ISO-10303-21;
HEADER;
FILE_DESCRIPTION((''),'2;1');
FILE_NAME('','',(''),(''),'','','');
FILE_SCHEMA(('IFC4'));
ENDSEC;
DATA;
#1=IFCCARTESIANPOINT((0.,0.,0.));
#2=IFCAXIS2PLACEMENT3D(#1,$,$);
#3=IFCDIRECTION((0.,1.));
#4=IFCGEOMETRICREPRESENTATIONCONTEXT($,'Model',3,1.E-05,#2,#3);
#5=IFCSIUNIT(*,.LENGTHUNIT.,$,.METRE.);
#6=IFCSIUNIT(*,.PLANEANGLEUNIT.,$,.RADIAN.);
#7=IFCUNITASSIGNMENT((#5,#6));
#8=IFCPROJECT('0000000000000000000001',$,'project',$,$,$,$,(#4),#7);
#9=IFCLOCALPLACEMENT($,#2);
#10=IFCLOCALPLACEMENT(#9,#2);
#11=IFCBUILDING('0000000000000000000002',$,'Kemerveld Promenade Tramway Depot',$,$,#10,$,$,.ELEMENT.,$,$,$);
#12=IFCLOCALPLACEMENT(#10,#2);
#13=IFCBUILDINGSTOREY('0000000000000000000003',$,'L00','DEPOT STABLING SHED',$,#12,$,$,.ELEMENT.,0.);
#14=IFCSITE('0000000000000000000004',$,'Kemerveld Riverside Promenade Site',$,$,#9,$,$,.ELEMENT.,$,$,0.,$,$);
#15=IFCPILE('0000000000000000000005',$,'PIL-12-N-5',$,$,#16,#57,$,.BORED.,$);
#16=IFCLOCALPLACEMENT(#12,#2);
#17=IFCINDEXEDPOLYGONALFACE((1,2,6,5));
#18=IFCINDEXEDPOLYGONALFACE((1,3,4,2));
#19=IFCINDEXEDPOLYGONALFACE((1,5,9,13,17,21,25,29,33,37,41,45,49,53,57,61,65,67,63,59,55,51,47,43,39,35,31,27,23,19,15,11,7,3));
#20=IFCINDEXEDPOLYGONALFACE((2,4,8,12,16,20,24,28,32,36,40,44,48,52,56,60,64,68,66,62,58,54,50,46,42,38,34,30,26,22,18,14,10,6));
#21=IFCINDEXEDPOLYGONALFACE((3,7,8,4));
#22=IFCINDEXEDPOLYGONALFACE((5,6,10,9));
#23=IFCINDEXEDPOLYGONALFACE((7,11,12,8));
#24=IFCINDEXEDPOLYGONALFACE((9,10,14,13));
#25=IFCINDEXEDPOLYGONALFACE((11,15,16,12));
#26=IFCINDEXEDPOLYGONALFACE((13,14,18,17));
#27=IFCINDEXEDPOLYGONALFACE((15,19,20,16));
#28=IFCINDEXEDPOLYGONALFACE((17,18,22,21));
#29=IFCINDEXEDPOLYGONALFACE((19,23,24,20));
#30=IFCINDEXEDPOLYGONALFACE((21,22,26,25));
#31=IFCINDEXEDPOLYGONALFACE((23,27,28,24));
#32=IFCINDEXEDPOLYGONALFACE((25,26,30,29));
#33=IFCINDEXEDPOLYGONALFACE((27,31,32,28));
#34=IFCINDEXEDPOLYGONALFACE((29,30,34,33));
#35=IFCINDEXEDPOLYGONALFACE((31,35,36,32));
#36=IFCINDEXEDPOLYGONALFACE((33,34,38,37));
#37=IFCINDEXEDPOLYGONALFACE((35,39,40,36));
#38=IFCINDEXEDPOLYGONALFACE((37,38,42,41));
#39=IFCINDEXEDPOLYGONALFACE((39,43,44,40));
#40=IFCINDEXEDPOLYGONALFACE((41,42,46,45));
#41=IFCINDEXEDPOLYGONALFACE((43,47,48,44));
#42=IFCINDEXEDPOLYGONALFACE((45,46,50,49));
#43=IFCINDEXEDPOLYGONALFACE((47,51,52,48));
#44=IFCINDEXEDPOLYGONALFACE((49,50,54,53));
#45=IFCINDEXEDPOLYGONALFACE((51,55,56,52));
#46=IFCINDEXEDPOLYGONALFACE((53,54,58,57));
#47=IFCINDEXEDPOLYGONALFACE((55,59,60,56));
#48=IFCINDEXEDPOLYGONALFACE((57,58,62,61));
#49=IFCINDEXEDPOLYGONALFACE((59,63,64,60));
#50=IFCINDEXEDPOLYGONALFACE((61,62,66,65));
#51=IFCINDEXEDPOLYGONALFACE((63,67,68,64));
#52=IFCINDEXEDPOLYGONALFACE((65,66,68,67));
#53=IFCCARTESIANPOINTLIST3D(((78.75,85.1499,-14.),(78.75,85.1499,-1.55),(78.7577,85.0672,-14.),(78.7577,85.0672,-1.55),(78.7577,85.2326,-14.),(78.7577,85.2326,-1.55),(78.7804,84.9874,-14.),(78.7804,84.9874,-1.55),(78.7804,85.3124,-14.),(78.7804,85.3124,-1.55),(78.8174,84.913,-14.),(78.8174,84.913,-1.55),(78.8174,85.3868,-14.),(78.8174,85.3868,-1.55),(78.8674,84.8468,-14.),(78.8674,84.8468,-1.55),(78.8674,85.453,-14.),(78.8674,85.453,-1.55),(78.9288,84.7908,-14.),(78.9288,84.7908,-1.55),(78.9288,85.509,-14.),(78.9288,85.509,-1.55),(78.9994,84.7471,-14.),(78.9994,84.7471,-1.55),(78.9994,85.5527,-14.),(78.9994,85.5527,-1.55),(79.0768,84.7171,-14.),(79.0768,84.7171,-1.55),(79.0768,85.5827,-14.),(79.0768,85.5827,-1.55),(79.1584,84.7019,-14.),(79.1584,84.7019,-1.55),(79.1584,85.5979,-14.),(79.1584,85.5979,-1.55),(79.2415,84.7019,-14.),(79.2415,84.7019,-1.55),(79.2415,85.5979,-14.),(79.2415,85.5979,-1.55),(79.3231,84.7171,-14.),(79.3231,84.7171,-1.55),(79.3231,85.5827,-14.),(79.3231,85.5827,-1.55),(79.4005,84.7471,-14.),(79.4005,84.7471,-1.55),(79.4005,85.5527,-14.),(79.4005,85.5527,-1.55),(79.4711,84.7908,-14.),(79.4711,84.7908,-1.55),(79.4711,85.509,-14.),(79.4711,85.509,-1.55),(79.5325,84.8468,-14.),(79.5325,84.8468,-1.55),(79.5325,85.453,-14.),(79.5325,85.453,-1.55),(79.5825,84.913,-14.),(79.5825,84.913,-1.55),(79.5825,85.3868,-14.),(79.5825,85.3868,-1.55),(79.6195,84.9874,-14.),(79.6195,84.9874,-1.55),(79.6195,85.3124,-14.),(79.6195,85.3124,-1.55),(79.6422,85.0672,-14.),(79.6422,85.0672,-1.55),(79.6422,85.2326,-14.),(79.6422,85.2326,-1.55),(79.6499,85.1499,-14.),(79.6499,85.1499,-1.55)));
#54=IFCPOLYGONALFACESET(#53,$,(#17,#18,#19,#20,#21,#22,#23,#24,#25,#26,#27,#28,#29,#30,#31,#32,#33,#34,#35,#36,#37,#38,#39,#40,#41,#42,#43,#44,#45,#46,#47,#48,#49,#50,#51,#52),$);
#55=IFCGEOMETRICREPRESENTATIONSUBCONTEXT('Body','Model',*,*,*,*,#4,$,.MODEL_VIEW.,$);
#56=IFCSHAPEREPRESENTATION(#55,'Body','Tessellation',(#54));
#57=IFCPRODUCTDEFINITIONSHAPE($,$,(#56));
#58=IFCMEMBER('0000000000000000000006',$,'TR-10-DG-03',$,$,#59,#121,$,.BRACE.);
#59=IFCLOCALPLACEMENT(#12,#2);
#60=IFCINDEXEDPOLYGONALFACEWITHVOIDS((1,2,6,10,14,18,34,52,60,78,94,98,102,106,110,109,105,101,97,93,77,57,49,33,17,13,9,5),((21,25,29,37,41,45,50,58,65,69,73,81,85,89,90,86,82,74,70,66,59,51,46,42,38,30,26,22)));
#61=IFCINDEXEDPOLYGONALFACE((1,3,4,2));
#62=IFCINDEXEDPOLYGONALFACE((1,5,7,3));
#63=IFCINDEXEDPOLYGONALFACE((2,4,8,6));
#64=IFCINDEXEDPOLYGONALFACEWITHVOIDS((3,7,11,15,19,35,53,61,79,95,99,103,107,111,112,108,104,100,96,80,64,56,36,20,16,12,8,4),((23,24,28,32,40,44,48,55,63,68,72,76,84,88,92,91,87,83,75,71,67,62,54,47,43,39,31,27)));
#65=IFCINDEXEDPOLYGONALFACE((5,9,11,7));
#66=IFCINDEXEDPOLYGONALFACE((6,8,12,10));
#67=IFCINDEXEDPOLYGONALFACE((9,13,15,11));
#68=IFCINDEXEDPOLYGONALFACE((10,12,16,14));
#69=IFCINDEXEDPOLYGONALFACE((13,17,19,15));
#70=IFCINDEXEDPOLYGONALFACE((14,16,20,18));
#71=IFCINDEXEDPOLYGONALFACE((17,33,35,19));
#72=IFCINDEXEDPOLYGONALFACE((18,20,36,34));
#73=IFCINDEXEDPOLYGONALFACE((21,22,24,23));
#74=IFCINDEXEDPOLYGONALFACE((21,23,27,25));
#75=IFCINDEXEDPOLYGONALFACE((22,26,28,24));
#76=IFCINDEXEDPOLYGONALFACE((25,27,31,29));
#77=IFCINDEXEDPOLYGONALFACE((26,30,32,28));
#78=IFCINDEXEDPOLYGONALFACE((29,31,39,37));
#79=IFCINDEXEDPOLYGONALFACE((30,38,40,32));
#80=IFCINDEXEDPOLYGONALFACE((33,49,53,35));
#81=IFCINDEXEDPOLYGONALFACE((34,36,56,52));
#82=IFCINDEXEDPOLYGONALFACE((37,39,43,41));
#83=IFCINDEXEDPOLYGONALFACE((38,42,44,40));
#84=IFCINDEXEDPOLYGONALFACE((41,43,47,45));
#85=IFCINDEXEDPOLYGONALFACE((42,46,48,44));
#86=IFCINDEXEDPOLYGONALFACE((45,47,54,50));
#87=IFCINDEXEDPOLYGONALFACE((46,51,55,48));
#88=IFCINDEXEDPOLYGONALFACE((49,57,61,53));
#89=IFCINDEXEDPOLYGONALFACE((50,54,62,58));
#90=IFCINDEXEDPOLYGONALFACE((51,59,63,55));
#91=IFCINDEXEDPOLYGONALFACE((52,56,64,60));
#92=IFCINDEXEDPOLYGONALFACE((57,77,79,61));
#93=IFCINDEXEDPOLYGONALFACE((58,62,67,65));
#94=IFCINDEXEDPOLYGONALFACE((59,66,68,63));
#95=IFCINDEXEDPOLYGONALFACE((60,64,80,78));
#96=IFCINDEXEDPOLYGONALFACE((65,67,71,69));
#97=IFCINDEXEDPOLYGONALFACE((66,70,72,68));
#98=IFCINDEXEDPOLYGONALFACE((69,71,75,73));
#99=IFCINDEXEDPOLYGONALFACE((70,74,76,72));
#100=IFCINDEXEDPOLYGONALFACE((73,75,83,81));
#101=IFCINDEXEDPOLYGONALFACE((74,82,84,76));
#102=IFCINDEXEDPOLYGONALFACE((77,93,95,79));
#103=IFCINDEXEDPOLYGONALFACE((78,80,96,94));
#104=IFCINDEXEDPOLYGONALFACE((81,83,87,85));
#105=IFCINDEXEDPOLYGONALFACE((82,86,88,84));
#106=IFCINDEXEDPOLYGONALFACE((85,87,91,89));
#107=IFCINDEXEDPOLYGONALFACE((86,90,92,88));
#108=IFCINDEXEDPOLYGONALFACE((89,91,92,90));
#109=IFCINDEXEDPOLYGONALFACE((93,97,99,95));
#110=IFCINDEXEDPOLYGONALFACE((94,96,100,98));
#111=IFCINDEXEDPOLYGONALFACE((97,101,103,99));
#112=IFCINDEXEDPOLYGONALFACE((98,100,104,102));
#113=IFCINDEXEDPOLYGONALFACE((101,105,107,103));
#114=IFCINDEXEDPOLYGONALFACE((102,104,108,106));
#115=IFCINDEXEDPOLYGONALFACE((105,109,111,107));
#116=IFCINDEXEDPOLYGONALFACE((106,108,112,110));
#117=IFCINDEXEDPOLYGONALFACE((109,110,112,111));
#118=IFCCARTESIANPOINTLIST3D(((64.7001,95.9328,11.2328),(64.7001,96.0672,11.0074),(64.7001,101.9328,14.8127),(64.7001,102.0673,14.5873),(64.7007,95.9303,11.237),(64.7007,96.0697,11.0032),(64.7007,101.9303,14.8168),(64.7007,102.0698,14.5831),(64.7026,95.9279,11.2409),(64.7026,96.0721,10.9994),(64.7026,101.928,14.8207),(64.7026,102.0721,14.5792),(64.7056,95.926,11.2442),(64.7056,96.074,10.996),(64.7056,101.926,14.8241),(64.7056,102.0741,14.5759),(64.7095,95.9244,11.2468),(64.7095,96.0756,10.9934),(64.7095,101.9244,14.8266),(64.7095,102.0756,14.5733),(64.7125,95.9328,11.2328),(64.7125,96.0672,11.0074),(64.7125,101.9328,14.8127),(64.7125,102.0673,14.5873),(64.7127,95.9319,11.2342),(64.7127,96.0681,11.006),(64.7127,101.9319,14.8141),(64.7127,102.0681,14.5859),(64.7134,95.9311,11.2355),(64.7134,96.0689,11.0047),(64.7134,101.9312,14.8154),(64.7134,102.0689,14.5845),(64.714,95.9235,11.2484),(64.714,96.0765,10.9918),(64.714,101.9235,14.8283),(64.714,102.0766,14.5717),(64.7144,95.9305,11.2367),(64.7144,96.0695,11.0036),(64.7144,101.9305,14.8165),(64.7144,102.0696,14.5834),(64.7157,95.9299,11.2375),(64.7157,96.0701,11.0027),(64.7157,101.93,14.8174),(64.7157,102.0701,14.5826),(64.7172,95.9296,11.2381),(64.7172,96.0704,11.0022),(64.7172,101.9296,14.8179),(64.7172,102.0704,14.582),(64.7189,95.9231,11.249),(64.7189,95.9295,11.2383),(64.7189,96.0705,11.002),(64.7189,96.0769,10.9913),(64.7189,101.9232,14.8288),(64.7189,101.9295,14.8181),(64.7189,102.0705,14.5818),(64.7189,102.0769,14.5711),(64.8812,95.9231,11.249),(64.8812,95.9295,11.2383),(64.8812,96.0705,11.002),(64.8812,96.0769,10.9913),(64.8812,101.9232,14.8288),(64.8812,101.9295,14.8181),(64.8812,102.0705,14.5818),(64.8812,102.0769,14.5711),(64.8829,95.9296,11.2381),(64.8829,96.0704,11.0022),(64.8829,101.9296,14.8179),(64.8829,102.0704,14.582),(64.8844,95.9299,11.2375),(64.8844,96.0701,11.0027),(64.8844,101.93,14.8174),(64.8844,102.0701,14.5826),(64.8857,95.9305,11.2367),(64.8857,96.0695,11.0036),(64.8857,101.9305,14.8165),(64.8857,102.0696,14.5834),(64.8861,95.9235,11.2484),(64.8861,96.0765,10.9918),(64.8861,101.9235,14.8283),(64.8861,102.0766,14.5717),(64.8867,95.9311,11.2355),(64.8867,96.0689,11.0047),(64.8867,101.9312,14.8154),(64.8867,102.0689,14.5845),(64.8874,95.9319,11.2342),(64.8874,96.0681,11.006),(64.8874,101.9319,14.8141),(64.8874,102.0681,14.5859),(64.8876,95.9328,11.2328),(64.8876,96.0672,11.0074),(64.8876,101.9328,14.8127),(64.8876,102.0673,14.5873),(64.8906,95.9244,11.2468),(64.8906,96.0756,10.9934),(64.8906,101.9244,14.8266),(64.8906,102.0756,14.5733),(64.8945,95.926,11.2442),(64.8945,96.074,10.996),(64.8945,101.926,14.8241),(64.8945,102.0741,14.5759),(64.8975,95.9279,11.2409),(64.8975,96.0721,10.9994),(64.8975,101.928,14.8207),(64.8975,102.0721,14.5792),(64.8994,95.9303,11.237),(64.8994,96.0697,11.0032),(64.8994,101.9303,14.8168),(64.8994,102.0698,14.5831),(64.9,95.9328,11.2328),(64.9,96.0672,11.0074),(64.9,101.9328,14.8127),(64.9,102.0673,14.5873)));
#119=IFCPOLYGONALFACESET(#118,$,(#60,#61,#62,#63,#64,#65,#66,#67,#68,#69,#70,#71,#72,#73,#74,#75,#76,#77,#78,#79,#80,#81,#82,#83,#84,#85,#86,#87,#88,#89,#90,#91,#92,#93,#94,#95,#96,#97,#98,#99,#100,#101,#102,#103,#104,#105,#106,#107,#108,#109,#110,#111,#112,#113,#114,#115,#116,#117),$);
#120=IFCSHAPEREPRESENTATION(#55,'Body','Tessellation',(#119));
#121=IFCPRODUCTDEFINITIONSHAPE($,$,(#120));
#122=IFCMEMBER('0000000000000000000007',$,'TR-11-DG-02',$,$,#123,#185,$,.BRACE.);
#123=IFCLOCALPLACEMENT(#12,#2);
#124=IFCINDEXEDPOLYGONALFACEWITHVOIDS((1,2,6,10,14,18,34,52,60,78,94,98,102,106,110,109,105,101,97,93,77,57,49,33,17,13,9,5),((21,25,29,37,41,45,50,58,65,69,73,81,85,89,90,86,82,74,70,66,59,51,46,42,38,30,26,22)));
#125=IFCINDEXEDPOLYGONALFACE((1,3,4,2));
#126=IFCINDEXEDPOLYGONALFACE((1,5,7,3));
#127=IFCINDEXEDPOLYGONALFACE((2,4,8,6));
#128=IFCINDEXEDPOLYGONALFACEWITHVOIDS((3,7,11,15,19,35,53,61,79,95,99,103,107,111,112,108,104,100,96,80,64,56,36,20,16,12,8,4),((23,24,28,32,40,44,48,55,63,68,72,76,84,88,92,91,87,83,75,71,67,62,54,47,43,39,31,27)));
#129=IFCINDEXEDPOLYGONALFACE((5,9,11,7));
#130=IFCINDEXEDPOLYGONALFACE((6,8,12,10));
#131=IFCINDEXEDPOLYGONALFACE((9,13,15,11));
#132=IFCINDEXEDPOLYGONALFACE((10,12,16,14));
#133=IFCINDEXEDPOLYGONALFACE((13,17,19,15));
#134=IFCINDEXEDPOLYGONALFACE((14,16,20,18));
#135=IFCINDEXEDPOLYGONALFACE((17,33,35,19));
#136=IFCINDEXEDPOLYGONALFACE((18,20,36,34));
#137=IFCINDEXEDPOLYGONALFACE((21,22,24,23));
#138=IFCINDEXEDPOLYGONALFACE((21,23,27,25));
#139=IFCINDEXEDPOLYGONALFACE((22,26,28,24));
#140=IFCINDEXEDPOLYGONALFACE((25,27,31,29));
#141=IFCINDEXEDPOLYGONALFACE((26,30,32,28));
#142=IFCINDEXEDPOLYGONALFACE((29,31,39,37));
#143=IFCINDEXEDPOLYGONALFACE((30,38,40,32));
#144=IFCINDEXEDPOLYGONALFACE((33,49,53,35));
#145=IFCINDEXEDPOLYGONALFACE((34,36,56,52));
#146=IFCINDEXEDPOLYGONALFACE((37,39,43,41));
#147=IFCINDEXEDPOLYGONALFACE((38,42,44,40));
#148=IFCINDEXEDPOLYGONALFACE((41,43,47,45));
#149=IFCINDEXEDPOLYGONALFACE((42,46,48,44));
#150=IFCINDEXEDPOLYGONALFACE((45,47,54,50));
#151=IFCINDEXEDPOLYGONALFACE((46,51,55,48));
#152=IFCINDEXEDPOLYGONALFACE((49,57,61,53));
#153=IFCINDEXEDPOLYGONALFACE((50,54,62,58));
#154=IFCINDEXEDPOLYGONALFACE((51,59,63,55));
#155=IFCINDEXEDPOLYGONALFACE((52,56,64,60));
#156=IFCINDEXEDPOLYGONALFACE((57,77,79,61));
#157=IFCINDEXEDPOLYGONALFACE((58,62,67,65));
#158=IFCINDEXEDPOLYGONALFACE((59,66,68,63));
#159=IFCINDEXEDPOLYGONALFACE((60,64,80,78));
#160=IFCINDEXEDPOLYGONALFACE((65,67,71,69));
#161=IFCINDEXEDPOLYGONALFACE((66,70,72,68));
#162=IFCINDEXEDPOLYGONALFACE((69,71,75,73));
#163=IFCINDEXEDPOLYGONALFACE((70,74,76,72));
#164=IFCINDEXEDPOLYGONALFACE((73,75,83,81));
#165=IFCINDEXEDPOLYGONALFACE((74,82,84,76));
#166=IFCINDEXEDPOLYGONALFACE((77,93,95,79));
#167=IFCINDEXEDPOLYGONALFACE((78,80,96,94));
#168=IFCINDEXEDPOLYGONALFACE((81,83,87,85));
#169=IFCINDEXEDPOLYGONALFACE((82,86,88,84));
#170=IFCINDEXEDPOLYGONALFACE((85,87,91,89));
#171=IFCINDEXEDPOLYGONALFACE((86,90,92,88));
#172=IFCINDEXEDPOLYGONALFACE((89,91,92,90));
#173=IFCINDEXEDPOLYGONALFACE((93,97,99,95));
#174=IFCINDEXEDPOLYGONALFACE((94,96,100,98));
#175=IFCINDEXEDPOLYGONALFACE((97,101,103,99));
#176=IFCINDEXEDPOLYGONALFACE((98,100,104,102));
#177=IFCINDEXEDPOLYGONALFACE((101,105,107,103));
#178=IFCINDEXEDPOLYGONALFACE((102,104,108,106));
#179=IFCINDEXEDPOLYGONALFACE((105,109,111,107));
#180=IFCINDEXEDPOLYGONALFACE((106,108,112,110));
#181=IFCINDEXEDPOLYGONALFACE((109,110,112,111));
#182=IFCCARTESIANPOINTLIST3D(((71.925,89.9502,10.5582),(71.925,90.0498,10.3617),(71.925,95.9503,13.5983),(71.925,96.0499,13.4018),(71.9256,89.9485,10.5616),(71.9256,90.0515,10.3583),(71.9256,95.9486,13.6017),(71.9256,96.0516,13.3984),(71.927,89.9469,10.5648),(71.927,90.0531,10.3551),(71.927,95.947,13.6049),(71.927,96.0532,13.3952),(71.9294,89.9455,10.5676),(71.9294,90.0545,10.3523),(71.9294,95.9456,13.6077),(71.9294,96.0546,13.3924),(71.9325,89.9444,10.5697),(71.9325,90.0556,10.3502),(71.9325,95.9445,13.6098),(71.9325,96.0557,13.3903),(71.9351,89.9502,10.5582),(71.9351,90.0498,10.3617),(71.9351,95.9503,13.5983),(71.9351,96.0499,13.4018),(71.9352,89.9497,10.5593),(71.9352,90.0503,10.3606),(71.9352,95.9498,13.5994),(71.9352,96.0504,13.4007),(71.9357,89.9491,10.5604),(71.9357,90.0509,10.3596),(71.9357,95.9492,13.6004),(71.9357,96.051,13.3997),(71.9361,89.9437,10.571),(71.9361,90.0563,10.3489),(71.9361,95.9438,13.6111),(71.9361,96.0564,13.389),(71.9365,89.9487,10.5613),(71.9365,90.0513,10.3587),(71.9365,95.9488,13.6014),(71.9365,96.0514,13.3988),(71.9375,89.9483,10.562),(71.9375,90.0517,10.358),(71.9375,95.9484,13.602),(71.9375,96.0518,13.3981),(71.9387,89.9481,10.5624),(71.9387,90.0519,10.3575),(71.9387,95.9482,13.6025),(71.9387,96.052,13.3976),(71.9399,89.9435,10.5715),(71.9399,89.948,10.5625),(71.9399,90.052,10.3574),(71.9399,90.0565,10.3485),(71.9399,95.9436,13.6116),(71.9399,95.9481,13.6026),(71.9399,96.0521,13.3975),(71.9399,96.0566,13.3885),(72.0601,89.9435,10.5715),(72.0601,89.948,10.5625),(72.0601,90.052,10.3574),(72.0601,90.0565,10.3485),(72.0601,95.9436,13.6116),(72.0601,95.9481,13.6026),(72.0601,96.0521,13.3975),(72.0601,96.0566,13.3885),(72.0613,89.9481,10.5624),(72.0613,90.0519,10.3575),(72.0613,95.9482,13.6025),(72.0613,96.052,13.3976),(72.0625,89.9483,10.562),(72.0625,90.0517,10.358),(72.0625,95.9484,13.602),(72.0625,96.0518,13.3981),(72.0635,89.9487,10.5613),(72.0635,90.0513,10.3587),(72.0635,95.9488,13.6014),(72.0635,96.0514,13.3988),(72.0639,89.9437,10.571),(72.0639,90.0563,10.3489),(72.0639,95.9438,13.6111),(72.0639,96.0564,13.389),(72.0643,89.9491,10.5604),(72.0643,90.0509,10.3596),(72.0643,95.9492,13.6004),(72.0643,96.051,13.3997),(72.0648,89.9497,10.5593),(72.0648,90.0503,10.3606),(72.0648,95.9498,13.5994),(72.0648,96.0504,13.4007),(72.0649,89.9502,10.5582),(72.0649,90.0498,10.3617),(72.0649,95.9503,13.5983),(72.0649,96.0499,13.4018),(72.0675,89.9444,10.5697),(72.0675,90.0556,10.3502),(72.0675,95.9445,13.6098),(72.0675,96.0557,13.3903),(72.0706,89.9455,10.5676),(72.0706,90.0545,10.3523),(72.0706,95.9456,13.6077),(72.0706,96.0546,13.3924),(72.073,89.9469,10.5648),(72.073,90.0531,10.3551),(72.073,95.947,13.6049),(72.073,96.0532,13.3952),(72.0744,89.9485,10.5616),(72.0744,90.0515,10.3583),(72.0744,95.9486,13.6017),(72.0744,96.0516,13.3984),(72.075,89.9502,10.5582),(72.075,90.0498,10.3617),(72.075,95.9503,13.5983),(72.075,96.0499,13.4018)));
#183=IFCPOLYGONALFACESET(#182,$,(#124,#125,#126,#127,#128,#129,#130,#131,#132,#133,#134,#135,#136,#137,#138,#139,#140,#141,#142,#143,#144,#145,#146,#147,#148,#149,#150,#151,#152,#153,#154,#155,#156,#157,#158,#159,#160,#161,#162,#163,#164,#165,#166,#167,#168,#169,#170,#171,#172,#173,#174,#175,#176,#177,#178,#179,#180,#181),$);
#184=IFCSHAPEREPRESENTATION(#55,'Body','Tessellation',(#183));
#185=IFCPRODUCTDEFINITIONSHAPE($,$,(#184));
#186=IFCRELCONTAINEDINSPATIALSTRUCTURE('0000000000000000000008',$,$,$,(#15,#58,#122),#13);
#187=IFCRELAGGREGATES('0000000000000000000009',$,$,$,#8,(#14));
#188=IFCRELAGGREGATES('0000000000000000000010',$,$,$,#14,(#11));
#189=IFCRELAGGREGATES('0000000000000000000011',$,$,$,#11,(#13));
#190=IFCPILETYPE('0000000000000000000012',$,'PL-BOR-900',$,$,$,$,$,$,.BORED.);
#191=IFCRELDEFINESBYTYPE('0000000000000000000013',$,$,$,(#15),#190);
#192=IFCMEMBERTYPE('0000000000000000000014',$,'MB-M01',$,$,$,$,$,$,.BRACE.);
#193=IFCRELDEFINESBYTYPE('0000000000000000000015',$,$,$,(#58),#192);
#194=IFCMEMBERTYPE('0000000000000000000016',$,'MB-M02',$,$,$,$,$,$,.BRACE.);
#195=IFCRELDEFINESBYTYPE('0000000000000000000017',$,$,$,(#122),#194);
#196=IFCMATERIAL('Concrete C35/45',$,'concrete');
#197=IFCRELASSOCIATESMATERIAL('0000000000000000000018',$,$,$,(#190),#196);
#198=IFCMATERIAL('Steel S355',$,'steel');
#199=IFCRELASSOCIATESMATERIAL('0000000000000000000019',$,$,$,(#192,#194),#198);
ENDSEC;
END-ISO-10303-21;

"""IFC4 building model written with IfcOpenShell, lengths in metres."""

from ifc_helpers import new_model, si_unit, direction, frame, origin, origin_2d, place, context, subcontext, project, spatial, hollow_rectangle, circle, extrude, material, material_profile, profile_set, type_object, element, save


model = new_model("IFC4")

# Units and contexts
model_context = context("Model", 3, precision=1e-05, world=origin(), true_north=direction((0.0, 1.0)))
body_context = subcontext(model_context, "Body", "Model", "MODEL_VIEW")
ifc_project = project(units=[si_unit("LENGTHUNIT", "METRE"), si_unit("PLANEANGLEUNIT", "RADIAN")], contexts=[model_context])

# Site, building, storey
site_placement = place(None, origin())
site = spatial("IfcSite", under=ifc_project, at=site_placement, Name="Kemerveld Riverside Promenade Site", CompositionType="ELEMENT", RefElevation=0.0)
building_placement = place(site_placement, origin())
building = spatial("IfcBuilding", under=site, at=building_placement, Name="Kemerveld Promenade Tramway Depot", CompositionType="ELEMENT")
storey_placement = place(building_placement, origin())
storey = spatial("IfcBuildingStorey", under=building, at=storey_placement, Name="L00", Description="DEPOT STABLING SHED", CompositionType="ELEMENT", Elevation=0.0)

# Shared definitions
ifc_material_1 = material(Name="Concrete C35/45", Category="concrete")

# Pile
ifc_material_profile_1 = material_profile(ifc_material_1, circle(Radius=0.45, at=origin_2d()), Name="PILE-D900")
ifc_profile_set_1 = profile_set([ifc_material_profile_1], Name="Concrete C35/45")
pile_type_1 = type_object("IfcPileType", Name="PL-BOR-900", PredefinedType="BORED", material=ifc_profile_set_1)
for number, where, z_axis, x_axis, name in (
    (1, (79.2, 85.1499, -1.55), (0.0, 0.0, -1.0), (1.0, 0.0, 0.0), "PIL-12-N-5"),
):
    element("IfcPile", number, at=place(storey_placement, frame(where, z_axis=z_axis, x_axis=x_axis)), inside=storey, type_object=pile_type_1, Name=name, PredefinedType="BORED", context=body_context, shape_type="SweptSolid", body=[
        extrude(circle(Radius=0.45, at=origin_2d()), origin(), (0.0, 0.0, 1.0), 12.45),
    ])

# Members
ifc_material_2 = material(Name="Steel S355", Category="steel")
ifc_material_profile_2 = material_profile(ifc_material_2, hollow_rectangle(XDim=0.2, YDim=0.3, WallThickness=0.0125, InnerFilletRadius=0.0063, OuterFilletRadius=0.0188, at=origin_2d()), Name="300x200x12.5 RHS")
ifc_profile_set_2 = profile_set([ifc_material_profile_2], Name="Steel S355")
member_type_1 = type_object("IfcMemberType", Name="MB-M01", PredefinedType="BRACE", material=ifc_profile_set_2)
member_1_placement = place(storey_placement, frame((64.8, 96.0, 11.1201), z_axis=(0.0, 0.858764, 0.512372), x_axis=(-1.0, 0.0, 0.0)))
element("IfcMember", 2, at=member_1_placement, inside=storey, type_object=member_type_1, Name="TR-10-DG-03", PredefinedType="BRACE", context=body_context, shape_type="SweptSolid", body=[
    extrude(hollow_rectangle(XDim=0.2, YDim=0.3, WallThickness=0.0125, InnerFilletRadius=0.0063, OuterFilletRadius=0.0188, at=origin_2d()), origin(), (0.0, 0.0, 1.0), 6.9868),
])
ifc_material_profile_3 = material_profile(ifc_material_2, hollow_rectangle(XDim=0.1499, YDim=0.25, WallThickness=0.01, InnerFilletRadius=0.0049, OuterFilletRadius=0.0149, at=origin_2d()), Name="250x150x10.0 RHS")
ifc_profile_set_3 = profile_set([ifc_material_profile_3], Name="Steel S355")
member_type_2 = type_object("IfcMemberType", Name="MB-M02", PredefinedType="BRACE", material=ifc_profile_set_3)
member_2_placement = place(storey_placement, frame((72.0, 90.0, 10.46), z_axis=(0.0, 0.892033, 0.451969), x_axis=(-1.0, 0.0, 0.0)))
element("IfcMember", 3, at=member_2_placement, inside=storey, type_object=member_type_2, Name="TR-11-DG-02", PredefinedType="BRACE", context=body_context, shape_type="SweptSolid", body=[
    extrude(hollow_rectangle(XDim=0.1499, YDim=0.25, WallThickness=0.01, InnerFilletRadius=0.0049, OuterFilletRadius=0.0149, at=origin_2d()), origin(), (0.0, 0.0, 1.0), 6.7263),
])

save(model, "model.ifc")
